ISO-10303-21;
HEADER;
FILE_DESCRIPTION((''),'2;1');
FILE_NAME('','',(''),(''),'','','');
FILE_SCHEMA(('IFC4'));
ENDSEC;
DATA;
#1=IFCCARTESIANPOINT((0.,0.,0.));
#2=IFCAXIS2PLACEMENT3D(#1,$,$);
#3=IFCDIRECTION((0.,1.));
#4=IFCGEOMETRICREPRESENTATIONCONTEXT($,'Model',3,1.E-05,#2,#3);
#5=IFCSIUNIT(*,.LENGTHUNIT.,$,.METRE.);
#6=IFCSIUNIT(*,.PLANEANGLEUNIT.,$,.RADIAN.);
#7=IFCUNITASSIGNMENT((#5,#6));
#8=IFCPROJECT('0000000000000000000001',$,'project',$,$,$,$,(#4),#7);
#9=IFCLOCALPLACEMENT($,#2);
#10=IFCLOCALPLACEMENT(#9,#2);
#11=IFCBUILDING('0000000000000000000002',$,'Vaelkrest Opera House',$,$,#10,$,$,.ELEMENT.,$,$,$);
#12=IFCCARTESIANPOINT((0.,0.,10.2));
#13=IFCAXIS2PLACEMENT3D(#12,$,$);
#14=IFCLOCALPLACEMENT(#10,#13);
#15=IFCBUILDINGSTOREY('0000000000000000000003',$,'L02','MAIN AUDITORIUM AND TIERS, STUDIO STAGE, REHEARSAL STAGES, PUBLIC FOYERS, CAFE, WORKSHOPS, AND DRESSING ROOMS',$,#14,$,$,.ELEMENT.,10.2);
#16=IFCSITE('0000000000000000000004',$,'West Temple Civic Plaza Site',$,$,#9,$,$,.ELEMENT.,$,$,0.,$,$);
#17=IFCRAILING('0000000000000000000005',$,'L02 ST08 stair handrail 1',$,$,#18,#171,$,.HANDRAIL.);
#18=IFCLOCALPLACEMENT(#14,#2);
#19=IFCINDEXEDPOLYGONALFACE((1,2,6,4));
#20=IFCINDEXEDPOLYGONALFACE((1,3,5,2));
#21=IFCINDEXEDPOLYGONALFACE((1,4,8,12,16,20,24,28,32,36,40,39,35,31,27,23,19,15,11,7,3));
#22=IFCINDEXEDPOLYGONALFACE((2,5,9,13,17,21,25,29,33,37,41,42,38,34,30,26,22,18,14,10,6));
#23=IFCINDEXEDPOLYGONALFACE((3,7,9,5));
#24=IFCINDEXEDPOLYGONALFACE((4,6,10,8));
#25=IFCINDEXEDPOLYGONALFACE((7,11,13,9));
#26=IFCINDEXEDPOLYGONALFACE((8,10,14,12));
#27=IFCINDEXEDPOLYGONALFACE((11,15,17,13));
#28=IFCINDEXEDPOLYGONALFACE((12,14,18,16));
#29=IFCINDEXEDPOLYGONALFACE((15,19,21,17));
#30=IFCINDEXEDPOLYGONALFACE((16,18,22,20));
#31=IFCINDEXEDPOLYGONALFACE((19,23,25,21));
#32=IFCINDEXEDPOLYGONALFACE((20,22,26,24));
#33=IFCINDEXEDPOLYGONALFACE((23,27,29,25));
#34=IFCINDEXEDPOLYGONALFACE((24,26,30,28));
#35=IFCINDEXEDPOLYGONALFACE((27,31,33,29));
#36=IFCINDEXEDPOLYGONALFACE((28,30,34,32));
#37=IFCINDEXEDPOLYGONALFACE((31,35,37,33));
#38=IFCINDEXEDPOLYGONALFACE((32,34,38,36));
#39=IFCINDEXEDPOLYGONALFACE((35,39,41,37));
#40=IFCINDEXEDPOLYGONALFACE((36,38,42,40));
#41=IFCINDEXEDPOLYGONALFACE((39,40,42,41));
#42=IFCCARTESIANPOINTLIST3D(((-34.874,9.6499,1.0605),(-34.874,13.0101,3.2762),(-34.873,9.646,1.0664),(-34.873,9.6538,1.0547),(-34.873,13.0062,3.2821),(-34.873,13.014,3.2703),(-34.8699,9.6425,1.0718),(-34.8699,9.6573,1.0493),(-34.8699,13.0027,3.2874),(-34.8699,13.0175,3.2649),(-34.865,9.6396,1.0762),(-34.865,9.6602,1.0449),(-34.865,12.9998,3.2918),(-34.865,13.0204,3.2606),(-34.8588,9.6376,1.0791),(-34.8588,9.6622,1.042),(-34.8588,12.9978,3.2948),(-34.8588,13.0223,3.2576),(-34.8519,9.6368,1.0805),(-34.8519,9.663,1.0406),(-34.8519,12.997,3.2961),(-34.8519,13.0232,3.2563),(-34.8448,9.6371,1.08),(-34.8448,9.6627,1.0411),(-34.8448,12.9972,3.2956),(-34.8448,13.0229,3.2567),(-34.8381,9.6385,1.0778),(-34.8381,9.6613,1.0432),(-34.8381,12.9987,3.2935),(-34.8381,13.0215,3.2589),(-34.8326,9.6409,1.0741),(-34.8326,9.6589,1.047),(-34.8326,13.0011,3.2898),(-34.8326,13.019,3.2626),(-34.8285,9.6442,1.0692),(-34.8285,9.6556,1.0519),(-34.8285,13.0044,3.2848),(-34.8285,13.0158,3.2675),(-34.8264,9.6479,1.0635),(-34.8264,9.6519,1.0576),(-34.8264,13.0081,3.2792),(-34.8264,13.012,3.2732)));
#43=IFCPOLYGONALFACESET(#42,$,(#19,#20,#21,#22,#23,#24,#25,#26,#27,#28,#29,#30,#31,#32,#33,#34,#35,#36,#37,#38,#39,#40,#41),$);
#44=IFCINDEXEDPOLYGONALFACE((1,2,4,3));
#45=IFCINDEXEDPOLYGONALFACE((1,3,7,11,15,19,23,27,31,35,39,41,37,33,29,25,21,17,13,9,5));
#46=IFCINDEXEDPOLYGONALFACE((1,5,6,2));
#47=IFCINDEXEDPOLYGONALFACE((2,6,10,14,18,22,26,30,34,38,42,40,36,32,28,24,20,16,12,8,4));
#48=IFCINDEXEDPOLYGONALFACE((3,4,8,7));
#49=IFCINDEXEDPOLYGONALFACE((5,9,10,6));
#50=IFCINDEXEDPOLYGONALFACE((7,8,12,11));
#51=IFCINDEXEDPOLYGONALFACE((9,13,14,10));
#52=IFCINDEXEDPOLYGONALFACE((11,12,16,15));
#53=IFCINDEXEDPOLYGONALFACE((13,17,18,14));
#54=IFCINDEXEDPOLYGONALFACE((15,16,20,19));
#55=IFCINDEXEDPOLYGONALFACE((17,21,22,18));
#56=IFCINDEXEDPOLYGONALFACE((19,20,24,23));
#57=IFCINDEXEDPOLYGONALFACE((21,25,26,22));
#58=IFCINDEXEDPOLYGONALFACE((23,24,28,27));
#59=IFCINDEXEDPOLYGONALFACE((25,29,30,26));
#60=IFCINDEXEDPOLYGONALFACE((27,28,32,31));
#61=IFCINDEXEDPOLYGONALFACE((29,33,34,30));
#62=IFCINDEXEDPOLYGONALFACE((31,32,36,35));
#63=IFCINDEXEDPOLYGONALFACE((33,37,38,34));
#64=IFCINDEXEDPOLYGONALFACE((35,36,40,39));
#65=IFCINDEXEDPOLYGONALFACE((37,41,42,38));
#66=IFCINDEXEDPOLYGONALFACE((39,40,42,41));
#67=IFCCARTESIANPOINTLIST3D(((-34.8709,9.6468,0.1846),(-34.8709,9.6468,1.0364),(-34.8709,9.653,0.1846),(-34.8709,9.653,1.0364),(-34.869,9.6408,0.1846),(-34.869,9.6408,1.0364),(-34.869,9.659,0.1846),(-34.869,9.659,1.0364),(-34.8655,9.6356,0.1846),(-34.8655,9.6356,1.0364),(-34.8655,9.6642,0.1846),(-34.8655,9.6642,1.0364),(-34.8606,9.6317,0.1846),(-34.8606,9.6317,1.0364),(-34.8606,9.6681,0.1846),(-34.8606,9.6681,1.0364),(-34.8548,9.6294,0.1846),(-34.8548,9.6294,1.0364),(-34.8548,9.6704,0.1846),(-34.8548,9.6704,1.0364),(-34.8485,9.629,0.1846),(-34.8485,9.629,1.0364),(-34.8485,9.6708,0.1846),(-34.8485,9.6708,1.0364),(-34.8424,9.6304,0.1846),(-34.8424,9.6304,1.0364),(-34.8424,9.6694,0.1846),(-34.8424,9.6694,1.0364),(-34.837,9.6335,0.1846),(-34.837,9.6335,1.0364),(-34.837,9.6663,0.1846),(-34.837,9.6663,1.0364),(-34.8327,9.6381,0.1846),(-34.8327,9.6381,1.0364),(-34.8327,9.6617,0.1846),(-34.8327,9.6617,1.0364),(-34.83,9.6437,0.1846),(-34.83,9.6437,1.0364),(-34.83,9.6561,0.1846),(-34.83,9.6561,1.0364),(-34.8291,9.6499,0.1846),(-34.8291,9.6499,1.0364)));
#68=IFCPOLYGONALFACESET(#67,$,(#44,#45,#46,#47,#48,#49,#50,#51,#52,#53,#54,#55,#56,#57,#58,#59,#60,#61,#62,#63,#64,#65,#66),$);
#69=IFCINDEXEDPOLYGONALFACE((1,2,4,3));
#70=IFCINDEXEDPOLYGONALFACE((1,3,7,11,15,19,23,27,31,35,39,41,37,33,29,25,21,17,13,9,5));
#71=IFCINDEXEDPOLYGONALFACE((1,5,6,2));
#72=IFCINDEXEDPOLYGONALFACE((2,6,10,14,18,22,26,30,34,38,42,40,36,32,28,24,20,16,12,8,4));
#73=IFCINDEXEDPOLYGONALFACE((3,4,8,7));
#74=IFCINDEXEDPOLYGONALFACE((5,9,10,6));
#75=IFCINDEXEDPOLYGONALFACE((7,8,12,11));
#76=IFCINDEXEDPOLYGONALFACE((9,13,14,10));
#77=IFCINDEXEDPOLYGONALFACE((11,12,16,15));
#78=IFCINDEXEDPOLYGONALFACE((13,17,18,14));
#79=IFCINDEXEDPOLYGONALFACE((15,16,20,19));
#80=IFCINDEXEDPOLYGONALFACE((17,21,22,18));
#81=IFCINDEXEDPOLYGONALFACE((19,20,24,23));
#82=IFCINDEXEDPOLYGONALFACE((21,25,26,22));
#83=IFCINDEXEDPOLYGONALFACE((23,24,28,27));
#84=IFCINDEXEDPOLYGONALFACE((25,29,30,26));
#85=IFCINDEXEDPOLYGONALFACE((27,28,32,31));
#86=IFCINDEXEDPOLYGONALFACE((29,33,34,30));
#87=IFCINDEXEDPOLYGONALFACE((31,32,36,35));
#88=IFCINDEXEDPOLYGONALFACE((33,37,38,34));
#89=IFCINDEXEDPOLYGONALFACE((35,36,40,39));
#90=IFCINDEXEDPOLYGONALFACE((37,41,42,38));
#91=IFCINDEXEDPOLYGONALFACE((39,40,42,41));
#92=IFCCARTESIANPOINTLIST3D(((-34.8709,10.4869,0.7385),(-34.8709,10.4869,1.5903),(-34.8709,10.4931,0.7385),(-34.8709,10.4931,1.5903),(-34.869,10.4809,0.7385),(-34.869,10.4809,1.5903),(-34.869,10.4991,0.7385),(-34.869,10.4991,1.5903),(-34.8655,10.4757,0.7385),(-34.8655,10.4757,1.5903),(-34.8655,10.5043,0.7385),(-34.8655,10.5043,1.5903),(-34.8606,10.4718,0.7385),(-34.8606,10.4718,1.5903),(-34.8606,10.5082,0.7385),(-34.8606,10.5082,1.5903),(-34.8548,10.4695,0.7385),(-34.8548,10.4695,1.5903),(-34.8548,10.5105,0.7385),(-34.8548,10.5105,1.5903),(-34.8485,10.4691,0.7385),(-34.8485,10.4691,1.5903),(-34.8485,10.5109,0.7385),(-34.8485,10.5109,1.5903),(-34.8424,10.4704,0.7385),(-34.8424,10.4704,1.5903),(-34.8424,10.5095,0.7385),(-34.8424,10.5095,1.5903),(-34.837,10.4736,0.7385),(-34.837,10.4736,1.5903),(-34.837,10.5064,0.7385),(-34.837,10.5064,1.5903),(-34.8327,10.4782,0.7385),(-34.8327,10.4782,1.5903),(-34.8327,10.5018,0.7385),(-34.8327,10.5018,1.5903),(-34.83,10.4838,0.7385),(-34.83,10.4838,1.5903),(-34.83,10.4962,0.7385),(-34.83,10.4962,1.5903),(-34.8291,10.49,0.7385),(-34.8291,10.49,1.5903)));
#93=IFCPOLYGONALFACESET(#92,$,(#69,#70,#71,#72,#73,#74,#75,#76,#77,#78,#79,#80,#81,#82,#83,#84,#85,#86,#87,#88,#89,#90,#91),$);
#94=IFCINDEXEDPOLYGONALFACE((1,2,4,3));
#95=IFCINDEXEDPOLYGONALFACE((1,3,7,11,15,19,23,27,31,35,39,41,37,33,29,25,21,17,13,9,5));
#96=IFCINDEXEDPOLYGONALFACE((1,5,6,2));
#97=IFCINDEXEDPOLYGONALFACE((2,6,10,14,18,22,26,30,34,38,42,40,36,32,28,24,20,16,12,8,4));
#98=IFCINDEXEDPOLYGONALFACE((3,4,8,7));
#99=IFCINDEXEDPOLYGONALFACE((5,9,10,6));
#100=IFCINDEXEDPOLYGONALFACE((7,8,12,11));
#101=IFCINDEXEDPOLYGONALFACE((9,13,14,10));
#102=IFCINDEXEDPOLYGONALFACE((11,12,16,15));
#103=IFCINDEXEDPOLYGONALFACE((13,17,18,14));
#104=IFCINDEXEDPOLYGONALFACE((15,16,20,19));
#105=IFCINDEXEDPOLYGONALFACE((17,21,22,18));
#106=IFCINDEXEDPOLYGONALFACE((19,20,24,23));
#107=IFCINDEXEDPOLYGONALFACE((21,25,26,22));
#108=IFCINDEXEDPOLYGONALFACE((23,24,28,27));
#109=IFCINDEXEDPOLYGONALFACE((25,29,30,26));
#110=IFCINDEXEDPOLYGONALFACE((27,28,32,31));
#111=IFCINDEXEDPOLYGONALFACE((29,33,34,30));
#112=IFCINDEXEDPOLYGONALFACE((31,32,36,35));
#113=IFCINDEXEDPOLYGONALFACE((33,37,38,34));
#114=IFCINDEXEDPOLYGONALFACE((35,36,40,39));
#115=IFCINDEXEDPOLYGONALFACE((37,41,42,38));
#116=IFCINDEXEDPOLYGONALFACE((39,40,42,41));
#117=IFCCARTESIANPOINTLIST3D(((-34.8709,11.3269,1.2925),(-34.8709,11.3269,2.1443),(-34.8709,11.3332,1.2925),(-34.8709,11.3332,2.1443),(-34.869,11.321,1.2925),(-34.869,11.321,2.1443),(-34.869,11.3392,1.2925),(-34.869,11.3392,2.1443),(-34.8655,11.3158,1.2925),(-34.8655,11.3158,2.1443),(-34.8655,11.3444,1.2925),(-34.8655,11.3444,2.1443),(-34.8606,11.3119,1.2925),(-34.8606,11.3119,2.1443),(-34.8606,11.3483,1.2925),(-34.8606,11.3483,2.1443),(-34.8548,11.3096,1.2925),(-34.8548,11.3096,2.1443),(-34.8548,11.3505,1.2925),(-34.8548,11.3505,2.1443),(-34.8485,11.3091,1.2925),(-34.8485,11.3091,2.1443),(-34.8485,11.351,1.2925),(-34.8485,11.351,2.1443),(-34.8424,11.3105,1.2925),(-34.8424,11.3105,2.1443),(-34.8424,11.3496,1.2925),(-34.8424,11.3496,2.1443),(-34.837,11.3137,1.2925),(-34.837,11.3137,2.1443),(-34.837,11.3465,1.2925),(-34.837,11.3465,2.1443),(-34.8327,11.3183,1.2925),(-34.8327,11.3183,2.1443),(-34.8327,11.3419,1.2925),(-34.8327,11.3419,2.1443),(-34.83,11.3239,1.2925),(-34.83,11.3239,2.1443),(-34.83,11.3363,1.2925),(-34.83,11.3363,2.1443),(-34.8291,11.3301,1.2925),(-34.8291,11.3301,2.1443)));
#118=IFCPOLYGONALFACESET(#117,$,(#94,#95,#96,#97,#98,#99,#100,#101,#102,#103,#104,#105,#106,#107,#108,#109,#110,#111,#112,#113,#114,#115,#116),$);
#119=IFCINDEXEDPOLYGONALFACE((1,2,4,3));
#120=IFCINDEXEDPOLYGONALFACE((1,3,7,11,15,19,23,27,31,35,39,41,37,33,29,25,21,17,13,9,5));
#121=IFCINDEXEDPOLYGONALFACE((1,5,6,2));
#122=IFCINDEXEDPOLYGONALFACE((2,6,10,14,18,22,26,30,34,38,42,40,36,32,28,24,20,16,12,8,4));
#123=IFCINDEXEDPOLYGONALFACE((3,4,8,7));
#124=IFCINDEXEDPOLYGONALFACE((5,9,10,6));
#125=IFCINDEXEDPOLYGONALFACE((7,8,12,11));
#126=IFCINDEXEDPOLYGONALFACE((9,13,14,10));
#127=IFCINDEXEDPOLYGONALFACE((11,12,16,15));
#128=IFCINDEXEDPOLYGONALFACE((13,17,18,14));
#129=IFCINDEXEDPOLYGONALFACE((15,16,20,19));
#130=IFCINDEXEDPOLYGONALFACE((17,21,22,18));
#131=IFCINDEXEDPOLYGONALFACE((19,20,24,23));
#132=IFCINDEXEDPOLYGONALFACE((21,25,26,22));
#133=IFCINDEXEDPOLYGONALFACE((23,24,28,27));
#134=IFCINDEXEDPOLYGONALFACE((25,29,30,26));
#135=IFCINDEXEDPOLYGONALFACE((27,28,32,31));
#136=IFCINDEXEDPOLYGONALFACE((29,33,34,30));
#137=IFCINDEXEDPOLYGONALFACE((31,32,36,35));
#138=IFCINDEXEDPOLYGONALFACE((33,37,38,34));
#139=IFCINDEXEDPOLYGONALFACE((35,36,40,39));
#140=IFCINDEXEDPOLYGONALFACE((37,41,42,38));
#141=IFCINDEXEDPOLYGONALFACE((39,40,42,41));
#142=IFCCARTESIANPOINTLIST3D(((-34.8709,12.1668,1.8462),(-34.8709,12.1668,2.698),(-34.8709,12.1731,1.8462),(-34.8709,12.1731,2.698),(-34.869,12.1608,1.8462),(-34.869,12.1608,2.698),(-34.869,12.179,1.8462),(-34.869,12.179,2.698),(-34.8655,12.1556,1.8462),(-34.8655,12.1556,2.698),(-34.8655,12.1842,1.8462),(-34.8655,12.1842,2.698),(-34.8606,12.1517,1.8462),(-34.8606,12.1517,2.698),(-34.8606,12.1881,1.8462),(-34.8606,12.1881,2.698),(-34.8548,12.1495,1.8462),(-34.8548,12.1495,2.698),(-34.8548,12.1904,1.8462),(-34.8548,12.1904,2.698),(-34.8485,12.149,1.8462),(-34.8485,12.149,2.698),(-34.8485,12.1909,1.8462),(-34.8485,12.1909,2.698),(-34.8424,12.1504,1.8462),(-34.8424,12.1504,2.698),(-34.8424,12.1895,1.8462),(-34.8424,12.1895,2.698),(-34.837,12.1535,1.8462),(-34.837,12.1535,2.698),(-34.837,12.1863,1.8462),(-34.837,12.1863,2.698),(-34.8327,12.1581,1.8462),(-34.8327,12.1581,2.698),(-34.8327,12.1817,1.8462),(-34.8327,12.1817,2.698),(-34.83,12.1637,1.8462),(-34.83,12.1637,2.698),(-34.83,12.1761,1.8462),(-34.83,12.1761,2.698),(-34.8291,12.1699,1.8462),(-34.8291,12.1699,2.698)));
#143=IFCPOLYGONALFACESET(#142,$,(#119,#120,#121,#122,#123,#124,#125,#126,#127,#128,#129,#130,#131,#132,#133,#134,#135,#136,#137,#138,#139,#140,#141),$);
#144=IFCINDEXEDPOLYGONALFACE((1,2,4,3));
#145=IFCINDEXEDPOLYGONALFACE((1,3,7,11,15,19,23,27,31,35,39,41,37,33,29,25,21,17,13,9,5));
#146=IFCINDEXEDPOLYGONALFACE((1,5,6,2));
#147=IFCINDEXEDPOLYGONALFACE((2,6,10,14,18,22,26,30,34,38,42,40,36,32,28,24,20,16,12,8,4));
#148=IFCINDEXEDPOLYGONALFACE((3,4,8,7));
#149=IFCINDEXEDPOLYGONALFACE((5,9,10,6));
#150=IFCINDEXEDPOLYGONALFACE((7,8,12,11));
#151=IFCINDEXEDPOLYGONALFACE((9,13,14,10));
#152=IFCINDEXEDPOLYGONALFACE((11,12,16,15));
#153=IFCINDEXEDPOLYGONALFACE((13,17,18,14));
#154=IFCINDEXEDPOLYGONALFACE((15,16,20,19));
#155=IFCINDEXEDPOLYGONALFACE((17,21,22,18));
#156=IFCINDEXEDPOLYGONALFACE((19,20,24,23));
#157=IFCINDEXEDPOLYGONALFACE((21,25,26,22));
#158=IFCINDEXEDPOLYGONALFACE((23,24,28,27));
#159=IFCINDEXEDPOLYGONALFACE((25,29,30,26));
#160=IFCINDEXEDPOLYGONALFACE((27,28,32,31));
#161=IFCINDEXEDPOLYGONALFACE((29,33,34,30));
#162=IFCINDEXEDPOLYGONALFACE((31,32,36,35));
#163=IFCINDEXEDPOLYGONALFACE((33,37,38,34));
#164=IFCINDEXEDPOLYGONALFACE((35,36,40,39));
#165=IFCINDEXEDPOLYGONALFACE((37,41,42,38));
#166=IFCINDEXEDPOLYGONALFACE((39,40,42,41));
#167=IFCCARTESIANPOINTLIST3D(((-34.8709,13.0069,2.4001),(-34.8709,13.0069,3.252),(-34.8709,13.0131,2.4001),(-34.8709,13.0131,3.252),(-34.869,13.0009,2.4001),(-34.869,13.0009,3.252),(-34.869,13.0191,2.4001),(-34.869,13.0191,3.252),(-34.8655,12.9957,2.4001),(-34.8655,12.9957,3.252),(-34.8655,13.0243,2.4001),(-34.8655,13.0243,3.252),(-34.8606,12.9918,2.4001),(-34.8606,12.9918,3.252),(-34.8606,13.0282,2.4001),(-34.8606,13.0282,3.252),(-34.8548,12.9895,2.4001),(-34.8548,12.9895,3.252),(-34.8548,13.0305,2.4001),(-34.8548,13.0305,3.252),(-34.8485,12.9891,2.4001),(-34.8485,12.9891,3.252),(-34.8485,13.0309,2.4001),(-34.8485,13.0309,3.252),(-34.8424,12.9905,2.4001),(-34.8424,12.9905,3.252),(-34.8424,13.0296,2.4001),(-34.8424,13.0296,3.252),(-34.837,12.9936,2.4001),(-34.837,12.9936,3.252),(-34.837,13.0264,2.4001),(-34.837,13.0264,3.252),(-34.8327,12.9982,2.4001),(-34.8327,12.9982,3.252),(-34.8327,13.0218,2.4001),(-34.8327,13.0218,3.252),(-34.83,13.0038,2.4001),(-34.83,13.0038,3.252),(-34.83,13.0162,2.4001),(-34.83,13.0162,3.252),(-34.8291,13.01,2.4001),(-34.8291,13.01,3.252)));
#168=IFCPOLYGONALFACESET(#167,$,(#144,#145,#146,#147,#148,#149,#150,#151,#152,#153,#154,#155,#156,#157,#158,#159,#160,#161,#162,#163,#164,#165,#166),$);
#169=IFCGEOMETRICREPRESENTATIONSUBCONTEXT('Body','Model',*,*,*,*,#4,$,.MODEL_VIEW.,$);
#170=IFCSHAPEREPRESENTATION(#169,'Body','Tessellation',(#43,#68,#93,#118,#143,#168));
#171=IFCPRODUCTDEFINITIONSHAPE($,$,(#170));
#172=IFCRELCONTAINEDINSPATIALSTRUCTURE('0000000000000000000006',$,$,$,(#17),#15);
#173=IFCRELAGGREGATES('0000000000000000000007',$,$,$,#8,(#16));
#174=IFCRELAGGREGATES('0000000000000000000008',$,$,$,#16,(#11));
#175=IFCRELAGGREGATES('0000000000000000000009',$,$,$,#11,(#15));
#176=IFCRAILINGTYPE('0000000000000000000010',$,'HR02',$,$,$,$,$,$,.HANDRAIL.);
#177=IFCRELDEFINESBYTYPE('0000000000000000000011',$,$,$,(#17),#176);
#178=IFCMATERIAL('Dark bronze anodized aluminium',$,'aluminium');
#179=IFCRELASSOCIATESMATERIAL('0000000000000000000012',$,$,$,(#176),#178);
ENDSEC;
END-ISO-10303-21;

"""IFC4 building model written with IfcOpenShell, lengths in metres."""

from ifc_helpers import new_model, si_unit, direction, frame, origin, origin_2d, place, context, subcontext, project, spatial, circle, extrude, material, type_object, element, save


model = new_model("IFC4")

# Units and contexts
model_context = context("Model", 3, precision=1e-05, world=origin(), true_north=direction((0.0, 1.0)))
body_context = subcontext(model_context, "Body", "Model", "MODEL_VIEW")
ifc_project = project(units=[si_unit("LENGTHUNIT", "METRE"), si_unit("PLANEANGLEUNIT", "RADIAN")], contexts=[model_context])

# Site, building, storey
site_placement = place(None, origin())
site = spatial("IfcSite", under=ifc_project, at=site_placement, Name="West Temple Civic Plaza Site", CompositionType="ELEMENT", RefElevation=0.0)
building_placement = place(site_placement, origin())
building = spatial("IfcBuilding", under=site, at=building_placement, Name="Vaelkrest Opera House", CompositionType="ELEMENT")
storey_placement = place(building_placement, frame((0.0, 0.0, 10.2)))
storey = spatial("IfcBuildingStorey", under=building, at=storey_placement, Name="L02", Description="MAIN AUDITORIUM AND TIERS, STUDIO STAGE, REHEARSAL STAGES, PUBLIC FOYERS, CAFE, WORKSHOPS, AND DRESSING ROOMS", CompositionType="ELEMENT", Elevation=10.2)

# Shared definitions
ifc_material_1 = material(Name="Dark bronze anodized aluminium", Category="aluminium")

# Railing
railing_type_1 = type_object("IfcRailingType", Name="HR02", PredefinedType="HANDRAIL", material=ifc_material_1)
railing_1_placement = place(storey_placement, frame((-34.8501, 9.6499, 0.1846)))
element("IfcRailing", 1, at=railing_1_placement, inside=storey, type_object=railing_type_1, Name="L02 ST08 stair handrail 1", PredefinedType="HANDRAIL", context=body_context, shape_type="SweptSolid", body=[
    extrude(circle(Radius=0.0239, at=origin_2d()), frame((0.0, 0.0, 0.876), z_axis=(0.0, 0.834849, 0.55048), x_axis=(-1.0, 0.0, 0.0)), (0.0, 0.0, 1.0), 4.0249),
    extrude(circle(Radius=0.021, at=origin_2d()), origin(), (0.0, 0.0, 1.0), 0.8518),
    extrude(circle(Radius=0.021, at=origin_2d()), frame((0.0, 0.8401, 0.554)), (0.0, 0.0, 1.0), 0.8518),
    extrude(circle(Radius=0.021, at=origin_2d()), frame((0.0, 1.6802, 1.1079)), (0.0, 0.0, 1.0), 0.8518),
    extrude(circle(Radius=0.021, at=origin_2d()), frame((0.0, 2.52, 1.6616)), (0.0, 0.0, 1.0), 0.8518),
    extrude(circle(Radius=0.021, at=origin_2d()), frame((0.0, 3.3601, 2.2156)), (0.0, 0.0, 1.0), 0.8518),
])

save(model, "model.ifc")
